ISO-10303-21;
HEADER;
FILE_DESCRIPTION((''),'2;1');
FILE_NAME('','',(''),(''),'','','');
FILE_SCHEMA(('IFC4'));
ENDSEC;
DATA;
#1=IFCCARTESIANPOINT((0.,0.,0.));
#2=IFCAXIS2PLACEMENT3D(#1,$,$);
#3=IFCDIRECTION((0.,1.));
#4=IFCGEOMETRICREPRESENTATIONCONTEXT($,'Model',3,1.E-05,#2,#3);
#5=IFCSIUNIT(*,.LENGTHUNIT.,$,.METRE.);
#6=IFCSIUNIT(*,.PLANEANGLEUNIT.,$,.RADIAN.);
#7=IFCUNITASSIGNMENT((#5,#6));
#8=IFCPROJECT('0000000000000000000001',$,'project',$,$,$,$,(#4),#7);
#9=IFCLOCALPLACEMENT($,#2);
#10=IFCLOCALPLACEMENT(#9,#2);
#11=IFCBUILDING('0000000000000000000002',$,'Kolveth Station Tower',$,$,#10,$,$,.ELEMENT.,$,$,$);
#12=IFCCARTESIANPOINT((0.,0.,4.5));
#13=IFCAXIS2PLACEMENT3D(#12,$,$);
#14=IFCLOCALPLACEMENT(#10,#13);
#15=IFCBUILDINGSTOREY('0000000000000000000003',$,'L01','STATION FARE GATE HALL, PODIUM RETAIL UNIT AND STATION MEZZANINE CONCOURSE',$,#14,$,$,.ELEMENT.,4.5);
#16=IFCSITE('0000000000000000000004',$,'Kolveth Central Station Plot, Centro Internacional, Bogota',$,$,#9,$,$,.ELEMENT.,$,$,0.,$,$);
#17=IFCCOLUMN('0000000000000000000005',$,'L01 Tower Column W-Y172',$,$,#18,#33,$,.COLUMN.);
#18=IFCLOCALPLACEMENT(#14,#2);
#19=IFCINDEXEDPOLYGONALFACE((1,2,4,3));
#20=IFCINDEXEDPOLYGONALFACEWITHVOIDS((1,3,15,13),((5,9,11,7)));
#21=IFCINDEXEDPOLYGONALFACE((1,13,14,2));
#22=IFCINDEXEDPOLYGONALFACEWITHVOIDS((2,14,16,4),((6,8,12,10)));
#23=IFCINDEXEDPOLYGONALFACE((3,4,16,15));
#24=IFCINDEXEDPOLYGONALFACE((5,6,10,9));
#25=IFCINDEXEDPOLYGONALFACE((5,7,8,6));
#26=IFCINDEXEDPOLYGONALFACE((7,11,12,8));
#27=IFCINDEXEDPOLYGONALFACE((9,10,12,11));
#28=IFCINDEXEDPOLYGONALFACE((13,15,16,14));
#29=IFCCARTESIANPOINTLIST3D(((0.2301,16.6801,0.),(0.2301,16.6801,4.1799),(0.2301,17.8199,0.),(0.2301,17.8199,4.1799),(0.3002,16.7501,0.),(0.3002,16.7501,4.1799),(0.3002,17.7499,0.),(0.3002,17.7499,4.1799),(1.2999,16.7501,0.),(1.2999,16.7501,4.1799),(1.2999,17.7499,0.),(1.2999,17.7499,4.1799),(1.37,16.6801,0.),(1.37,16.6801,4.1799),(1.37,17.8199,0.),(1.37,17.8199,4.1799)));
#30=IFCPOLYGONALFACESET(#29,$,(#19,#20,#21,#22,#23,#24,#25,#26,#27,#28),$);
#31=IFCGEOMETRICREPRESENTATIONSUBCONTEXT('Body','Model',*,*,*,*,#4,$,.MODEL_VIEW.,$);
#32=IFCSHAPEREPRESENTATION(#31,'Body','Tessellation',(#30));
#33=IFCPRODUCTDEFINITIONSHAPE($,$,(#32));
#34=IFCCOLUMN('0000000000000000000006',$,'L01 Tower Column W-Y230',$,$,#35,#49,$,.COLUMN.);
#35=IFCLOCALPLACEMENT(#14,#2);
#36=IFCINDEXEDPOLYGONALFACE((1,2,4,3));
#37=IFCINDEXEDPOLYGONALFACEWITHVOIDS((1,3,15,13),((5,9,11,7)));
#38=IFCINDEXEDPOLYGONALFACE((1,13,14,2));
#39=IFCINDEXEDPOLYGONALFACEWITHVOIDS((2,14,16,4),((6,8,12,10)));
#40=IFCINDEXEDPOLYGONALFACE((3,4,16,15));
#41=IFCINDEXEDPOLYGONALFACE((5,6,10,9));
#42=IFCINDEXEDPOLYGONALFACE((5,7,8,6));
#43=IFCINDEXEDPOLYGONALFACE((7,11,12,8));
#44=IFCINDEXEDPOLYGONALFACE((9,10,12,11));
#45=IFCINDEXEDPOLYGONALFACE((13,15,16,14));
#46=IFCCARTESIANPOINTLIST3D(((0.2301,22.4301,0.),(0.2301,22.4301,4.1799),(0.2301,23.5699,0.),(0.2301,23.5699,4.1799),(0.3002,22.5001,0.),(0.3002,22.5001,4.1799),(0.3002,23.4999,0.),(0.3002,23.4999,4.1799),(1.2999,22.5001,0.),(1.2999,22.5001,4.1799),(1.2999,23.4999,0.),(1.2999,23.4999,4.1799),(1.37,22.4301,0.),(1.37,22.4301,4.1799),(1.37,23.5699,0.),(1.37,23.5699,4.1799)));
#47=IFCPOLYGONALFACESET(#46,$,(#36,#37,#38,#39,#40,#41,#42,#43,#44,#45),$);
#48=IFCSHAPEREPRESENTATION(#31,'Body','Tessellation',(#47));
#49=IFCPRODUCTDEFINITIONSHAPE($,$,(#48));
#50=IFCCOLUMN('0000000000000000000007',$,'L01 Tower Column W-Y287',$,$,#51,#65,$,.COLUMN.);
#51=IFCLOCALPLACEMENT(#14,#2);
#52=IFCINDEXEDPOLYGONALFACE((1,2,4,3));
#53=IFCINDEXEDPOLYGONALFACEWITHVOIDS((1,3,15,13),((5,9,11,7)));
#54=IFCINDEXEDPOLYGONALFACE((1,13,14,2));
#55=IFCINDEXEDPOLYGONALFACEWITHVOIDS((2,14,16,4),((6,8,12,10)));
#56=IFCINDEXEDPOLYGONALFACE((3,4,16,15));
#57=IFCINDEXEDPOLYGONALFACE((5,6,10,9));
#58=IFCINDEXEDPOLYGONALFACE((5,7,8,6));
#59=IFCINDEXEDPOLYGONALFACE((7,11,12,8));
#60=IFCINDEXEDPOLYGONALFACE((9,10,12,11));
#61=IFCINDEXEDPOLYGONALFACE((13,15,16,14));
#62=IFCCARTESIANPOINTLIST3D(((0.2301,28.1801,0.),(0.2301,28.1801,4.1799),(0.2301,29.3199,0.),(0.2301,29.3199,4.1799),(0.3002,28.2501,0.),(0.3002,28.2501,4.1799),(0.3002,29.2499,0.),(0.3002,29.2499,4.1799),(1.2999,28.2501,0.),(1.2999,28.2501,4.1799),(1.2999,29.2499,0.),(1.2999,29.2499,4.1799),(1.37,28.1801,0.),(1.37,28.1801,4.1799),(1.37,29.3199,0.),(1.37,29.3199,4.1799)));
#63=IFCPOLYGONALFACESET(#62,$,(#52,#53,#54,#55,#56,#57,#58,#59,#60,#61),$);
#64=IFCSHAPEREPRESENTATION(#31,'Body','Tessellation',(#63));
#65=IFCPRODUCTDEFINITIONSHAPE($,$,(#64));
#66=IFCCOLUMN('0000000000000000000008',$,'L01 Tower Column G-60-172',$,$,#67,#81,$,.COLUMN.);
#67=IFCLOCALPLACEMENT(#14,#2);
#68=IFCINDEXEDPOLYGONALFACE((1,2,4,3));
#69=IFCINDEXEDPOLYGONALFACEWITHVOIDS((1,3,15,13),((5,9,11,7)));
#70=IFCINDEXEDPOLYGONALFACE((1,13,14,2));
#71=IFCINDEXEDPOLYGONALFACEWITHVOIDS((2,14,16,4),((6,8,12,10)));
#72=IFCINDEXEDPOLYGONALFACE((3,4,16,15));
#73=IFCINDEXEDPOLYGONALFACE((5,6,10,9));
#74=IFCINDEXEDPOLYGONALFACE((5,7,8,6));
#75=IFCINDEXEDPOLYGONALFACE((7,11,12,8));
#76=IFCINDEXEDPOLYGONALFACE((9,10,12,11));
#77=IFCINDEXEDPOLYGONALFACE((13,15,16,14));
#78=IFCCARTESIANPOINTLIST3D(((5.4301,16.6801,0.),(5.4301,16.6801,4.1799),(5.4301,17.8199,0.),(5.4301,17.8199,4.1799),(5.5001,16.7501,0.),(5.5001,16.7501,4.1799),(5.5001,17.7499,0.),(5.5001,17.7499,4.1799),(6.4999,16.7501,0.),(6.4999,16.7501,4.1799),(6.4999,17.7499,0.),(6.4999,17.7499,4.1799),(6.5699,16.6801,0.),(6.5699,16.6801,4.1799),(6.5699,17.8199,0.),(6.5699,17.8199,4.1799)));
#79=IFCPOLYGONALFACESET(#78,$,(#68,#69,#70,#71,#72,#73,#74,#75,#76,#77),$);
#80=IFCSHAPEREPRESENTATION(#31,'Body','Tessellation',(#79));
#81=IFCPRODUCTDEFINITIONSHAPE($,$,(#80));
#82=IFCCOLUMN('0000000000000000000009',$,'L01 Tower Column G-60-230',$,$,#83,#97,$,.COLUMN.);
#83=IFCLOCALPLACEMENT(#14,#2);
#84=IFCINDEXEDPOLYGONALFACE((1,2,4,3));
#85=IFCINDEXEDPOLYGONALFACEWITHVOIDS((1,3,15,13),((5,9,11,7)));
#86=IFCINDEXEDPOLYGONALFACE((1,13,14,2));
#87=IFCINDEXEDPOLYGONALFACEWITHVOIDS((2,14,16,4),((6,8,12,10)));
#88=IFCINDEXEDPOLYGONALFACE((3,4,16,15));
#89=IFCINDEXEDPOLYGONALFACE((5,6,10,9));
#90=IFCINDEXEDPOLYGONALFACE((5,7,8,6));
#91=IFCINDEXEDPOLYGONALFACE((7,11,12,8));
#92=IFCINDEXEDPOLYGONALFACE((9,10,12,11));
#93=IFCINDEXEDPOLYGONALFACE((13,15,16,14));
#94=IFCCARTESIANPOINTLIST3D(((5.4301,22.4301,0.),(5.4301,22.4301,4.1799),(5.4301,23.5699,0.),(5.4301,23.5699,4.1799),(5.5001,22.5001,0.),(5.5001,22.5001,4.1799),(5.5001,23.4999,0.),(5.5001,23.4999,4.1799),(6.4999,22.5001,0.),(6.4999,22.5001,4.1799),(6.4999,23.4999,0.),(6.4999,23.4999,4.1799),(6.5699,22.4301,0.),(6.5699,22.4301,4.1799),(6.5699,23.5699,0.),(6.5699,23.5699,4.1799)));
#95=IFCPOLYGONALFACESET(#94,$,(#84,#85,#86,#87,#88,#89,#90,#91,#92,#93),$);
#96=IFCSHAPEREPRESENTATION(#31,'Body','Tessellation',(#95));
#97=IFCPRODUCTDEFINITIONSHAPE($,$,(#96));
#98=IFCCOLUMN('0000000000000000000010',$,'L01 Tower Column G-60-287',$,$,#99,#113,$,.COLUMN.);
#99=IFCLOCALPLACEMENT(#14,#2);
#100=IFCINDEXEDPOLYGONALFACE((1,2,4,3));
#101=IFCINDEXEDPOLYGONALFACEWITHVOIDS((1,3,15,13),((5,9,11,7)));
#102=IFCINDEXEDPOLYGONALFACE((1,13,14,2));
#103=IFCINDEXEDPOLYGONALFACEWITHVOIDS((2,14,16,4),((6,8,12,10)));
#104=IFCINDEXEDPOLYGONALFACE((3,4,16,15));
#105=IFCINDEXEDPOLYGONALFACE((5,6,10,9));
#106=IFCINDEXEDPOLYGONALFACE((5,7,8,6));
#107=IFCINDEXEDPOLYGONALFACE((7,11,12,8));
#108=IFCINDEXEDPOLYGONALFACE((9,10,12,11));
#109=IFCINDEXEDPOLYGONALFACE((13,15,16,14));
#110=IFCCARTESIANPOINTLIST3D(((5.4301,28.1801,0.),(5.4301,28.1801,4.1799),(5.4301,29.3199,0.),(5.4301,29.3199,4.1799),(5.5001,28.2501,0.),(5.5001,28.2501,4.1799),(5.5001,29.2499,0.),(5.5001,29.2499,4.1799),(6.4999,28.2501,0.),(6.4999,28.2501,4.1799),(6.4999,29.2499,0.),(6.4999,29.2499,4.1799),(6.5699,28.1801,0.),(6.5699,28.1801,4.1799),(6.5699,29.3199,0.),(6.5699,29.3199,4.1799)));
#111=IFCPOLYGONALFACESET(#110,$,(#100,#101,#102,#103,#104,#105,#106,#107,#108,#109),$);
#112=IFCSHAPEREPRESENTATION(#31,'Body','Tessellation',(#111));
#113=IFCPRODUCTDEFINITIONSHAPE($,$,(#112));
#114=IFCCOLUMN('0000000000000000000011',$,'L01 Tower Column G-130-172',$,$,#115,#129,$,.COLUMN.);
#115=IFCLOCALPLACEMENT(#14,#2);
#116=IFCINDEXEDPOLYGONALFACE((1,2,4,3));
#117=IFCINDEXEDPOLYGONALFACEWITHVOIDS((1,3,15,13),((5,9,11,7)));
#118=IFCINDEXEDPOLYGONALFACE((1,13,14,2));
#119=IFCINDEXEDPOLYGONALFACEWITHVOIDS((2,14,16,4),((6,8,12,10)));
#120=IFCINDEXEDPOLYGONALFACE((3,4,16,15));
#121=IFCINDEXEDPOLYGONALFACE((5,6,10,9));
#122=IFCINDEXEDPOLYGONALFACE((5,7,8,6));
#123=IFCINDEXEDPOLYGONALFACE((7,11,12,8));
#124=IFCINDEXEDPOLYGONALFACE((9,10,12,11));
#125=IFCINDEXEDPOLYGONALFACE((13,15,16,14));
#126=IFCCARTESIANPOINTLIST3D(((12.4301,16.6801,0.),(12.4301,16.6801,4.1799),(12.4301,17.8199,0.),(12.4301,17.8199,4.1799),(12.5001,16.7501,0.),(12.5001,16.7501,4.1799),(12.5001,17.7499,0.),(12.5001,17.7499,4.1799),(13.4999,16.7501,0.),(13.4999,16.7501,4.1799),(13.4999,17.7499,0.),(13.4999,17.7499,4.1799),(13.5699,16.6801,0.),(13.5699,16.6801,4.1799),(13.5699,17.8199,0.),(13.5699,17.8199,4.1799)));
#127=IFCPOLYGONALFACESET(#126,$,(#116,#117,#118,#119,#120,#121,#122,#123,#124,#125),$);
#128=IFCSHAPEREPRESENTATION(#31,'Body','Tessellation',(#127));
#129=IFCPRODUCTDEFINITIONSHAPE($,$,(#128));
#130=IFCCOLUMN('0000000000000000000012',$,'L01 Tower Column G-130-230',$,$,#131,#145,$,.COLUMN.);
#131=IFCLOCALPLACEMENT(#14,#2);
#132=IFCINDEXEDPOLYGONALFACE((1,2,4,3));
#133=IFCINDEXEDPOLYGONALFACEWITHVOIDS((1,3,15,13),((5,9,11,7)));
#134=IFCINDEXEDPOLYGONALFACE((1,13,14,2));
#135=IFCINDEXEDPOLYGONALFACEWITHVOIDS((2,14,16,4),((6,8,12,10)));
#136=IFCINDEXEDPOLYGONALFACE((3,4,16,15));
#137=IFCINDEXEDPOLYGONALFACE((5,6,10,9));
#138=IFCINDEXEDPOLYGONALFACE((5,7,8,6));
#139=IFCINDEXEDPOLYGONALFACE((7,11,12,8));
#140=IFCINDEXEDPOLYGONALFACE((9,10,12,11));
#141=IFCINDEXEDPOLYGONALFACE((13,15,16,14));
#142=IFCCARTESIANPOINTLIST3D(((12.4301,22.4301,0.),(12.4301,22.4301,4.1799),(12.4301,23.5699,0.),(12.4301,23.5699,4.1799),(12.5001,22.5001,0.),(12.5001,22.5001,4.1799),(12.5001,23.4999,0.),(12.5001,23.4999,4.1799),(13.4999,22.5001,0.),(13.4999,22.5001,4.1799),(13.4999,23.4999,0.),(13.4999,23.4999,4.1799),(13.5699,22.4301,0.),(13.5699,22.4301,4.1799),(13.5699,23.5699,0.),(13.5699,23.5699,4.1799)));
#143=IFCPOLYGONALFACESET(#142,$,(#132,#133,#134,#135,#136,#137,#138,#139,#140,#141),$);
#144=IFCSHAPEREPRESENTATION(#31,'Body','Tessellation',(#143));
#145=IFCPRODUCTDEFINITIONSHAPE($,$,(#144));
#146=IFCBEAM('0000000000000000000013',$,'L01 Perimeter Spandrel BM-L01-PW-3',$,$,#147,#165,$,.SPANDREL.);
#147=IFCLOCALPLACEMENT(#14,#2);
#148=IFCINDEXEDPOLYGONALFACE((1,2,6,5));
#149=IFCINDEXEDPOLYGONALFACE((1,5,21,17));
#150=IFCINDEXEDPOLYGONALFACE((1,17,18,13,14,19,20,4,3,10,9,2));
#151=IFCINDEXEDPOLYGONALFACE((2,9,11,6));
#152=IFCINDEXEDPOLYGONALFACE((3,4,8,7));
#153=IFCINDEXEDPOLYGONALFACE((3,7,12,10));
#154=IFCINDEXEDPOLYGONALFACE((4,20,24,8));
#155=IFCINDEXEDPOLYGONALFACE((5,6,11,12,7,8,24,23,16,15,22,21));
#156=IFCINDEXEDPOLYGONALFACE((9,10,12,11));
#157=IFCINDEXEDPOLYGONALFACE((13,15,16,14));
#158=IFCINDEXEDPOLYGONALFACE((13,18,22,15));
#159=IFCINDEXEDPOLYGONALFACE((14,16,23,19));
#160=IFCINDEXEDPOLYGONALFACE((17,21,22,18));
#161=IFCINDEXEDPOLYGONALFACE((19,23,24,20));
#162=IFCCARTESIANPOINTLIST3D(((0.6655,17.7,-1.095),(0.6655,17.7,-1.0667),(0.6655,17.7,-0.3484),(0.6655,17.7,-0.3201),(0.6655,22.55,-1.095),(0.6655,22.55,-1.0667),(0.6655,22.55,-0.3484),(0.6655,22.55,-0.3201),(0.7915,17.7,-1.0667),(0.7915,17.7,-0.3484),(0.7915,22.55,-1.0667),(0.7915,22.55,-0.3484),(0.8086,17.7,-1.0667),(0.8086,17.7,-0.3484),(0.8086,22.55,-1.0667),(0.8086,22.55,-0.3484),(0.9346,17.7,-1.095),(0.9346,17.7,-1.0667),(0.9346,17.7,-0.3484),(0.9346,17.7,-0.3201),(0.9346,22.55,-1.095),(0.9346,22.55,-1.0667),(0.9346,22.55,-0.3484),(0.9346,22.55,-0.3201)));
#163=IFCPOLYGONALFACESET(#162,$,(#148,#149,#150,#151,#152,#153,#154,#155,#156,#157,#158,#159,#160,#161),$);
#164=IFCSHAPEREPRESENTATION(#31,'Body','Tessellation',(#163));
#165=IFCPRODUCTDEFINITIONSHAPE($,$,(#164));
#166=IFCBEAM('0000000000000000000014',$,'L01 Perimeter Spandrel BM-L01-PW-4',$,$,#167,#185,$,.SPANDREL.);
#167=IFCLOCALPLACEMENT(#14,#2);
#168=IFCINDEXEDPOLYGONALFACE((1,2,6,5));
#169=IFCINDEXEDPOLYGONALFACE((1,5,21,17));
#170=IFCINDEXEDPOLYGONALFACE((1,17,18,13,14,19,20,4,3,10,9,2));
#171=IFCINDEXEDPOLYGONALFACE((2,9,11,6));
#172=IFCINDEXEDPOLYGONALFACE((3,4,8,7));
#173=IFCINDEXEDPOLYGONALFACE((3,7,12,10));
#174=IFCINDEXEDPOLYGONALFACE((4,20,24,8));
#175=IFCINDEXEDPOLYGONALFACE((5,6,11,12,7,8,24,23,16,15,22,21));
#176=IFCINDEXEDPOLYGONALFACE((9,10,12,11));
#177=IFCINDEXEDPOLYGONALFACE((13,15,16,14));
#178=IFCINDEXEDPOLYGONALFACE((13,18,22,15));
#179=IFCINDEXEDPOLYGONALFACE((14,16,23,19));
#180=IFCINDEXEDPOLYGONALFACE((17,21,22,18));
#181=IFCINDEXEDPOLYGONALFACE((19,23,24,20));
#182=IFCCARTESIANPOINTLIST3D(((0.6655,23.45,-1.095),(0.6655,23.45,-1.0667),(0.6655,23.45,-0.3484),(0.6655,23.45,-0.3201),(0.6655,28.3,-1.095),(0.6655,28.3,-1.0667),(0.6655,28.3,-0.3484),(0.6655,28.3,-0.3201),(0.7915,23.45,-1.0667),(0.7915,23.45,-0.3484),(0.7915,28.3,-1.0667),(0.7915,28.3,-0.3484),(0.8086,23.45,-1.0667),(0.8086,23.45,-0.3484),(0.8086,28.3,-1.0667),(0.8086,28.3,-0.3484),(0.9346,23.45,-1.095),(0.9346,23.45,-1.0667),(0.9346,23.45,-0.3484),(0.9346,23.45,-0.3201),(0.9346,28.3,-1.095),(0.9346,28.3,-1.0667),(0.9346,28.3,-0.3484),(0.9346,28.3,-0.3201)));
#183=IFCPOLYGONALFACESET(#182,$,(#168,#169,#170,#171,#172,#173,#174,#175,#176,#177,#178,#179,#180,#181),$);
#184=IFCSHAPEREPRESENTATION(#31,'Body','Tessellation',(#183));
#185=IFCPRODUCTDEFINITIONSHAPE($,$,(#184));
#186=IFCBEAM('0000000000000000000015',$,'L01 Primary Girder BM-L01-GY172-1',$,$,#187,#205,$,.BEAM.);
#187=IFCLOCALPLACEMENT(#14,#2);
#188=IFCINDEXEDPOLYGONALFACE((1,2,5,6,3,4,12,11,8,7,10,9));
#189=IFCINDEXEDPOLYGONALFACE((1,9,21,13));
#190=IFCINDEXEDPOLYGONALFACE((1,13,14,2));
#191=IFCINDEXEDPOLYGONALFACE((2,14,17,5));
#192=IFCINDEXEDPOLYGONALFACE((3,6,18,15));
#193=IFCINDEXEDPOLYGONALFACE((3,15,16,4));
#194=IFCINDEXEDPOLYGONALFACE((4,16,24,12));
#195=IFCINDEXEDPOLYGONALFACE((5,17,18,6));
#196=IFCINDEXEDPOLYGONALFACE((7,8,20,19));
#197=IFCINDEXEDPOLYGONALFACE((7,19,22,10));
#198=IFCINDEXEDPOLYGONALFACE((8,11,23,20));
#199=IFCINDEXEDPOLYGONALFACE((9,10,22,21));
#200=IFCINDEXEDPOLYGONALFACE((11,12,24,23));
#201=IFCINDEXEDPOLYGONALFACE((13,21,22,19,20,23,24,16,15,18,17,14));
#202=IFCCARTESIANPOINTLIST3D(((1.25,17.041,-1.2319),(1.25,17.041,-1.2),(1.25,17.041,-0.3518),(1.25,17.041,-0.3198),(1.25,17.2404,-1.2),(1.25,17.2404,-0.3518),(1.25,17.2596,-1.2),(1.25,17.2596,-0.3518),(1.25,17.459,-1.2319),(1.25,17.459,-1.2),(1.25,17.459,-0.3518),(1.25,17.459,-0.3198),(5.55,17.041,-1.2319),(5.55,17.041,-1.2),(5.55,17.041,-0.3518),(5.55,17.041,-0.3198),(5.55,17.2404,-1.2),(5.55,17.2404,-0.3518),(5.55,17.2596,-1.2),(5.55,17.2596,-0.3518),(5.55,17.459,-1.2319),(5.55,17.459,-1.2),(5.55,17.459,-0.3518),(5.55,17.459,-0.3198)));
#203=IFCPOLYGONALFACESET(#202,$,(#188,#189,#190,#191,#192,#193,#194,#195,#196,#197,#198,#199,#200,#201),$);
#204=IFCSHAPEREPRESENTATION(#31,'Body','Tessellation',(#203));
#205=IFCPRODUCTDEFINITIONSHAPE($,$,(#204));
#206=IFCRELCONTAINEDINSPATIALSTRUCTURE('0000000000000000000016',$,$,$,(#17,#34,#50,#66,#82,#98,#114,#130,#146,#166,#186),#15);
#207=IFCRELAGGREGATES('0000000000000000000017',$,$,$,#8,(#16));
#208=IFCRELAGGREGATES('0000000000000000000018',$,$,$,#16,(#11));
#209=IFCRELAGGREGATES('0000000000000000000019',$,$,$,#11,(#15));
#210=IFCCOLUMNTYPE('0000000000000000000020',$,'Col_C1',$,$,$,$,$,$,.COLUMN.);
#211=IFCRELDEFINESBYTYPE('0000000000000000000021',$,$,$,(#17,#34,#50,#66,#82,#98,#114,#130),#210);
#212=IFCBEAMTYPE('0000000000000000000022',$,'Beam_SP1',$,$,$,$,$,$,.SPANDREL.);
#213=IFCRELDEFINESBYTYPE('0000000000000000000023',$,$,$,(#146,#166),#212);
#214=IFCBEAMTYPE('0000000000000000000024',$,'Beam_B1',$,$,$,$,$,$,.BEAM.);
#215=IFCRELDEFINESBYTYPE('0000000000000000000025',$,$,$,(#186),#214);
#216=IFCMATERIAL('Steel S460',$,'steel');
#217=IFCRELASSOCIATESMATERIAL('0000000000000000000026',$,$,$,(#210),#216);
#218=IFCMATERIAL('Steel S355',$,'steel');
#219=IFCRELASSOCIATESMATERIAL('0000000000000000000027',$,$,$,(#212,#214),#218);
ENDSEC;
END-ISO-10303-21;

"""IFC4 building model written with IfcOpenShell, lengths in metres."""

from ifc_helpers import new_model, si_unit, direction, frame, origin, origin_2d, place, context, subcontext, project, spatial, hollow_rectangle, i_section, extrude, source, transform, mapped, material, material_profile, profile_set, type_object, element, save


model = new_model("IFC4")

# Units and contexts
model_context = context("Model", 3, precision=1e-05, world=origin(), true_north=direction((0.0, 1.0)))
body_context = subcontext(model_context, "Body", "Model", "MODEL_VIEW")
ifc_project = project(units=[si_unit("LENGTHUNIT", "METRE"), si_unit("PLANEANGLEUNIT", "RADIAN")], contexts=[model_context])

# Site, building, storey
site_placement = place(None, origin())
site = spatial("IfcSite", under=ifc_project, at=site_placement, Name="Kolveth Central Station Plot, Centro Internacional, Bogota", CompositionType="ELEMENT", RefElevation=0.0)
building_placement = place(site_placement, origin())
building = spatial("IfcBuilding", under=site, at=building_placement, Name="Kolveth Station Tower", CompositionType="ELEMENT")
storey_placement = place(building_placement, frame((0.0, 0.0, 4.5)))
storey = spatial("IfcBuildingStorey", under=building, at=storey_placement, Name="L01", Description="STATION FARE GATE HALL, PODIUM RETAIL UNIT AND STATION MEZZANINE CONCOURSE", CompositionType="ELEMENT", Elevation=4.5)

# Columns
ifc_material_1 = material(Name="Steel S460", Category="steel")
ifc_material_profile_1 = material_profile(ifc_material_1, hollow_rectangle(XDim=1.1399, YDim=1.1399, WallThickness=0.0701, at=origin_2d()), Name="BOX1140x1140x70")
ifc_profile_set_1 = profile_set([ifc_material_profile_1], Name="Steel S460")
column_type = type_object("IfcColumnType", Name="Col_C1", PredefinedType="COLUMN", material=ifc_profile_set_1)
shared_shape_1 = source(origin(), body_context, "Body", "SweptSolid", [
    extrude(hollow_rectangle(XDim=1.1399, YDim=1.1399, WallThickness=0.0701, at=origin_2d()), origin(), (0.0, 0.0, 1.0), 4.1799),
])
for number, where, z_axis, x_axis, name in (
    (1, (0.8, 17.25, 0.0), (0.0, 0.0, 1.0), (1.0, 0.0, 0.0), "L01 Tower Column W-Y172"),
    (2, (0.8, 23.0, 0.0), (0.0, 0.0, 1.0), (1.0, 0.0, 0.0), "L01 Tower Column W-Y230"),
    (3, (0.8, 28.75, 0.0), (0.0, 0.0, 1.0), (1.0, 0.0, 0.0), "L01 Tower Column W-Y287"),
    (4, (6.0, 17.25, 0.0), (0.0, 0.0, 1.0), (1.0, 0.0, 0.0), "L01 Tower Column G-60-172"),
    (5, (6.0, 23.0, 0.0), (0.0, 0.0, 1.0), (1.0, 0.0, 0.0), "L01 Tower Column G-60-230"),
    (6, (6.0, 28.75, 0.0), (0.0, 0.0, 1.0), (1.0, 0.0, 0.0), "L01 Tower Column G-60-287"),
    (7, (13.0, 17.25, 0.0), (0.0, 0.0, 1.0), (1.0, 0.0, 0.0), "L01 Tower Column G-130-172"),
    (8, (13.0, 23.0, 0.0), (0.0, 0.0, 1.0), (1.0, 0.0, 0.0), "L01 Tower Column G-130-230"),
):
    element("IfcColumn", number, at=place(storey_placement, frame(where, z_axis=z_axis, x_axis=x_axis)), inside=storey, type_object=column_type, Name=name, PredefinedType="COLUMN", context=body_context, shape_type="MappedRepresentation", body=[
        mapped(shared_shape_1, transform((0.0, 0.0, 0.0), x_axis=(1.0, 0.0, 0.0), y_axis=(0.0, 1.0, 0.0), z_axis=(0.0, 0.0, 1.0), scale=1.0)),
    ])

# Beams
ifc_material_2 = material(Name="Steel S355", Category="steel")
ifc_material_profile_2 = material_profile(ifc_material_2, i_section(OverallWidth=0.269, OverallDepth=0.7749, WebThickness=0.0171, FlangeThickness=0.0283, at=origin_2d()), Name="W760x220")
ifc_profile_set_2 = profile_set([ifc_material_profile_2], Name="Steel S355")
beam_type_1 = type_object("IfcBeamType", Name="Beam_SP1", PredefinedType="SPANDREL", material=ifc_profile_set_2)
shared_shape_2 = source(origin(), body_context, "Body", "SweptSolid", [
    extrude(i_section(OverallWidth=0.269, OverallDepth=0.7749, WebThickness=0.0171, FlangeThickness=0.0283, at=origin_2d()), origin(), (0.0, 0.0, 1.0), 4.8501),
])
for number, where, z_axis, x_axis, name in (
    (9, (0.8, 17.7, -0.7075), (0.0, 1.0, 0.0), (-1.0, 0.0, 0.0), "L01 Perimeter Spandrel BM-L01-PW-3"),
    (10, (0.8, 23.45, -0.7075), (0.0, 1.0, 0.0), (-1.0, 0.0, 0.0), "L01 Perimeter Spandrel BM-L01-PW-4"),
):
    element("IfcBeam", number, at=place(storey_placement, frame(where, z_axis=z_axis, x_axis=x_axis)), inside=storey, type_object=beam_type_1, Name=name, PredefinedType="SPANDREL", context=body_context, shape_type="MappedRepresentation", body=[
        mapped(shared_shape_2, transform((0.0, 0.0, 0.0), x_axis=(1.0, 0.0, 0.0), y_axis=(0.0, 1.0, 0.0), z_axis=(0.0, 0.0, 1.0), scale=1.0)),
    ])
ifc_material_profile_3 = material_profile(ifc_material_2, i_section(OverallWidth=0.418, OverallDepth=0.9121, WebThickness=0.0193, FlangeThickness=0.032, at=origin_2d()), Name="W920x342")
ifc_profile_set_3 = profile_set([ifc_material_profile_3], Name="Steel S355")
beam_type_2 = type_object("IfcBeamType", Name="Beam_B1", PredefinedType="BEAM", material=ifc_profile_set_3)
shared_shape_3 = source(origin(), body_context, "Body", "SweptSolid", [
    extrude(i_section(OverallWidth=0.418, OverallDepth=0.9121, WebThickness=0.0193, FlangeThickness=0.032, at=origin_2d()), origin(), (0.0, 0.0, 1.0), 4.3),
])
for number, where, z_axis, x_axis, name in (
    (11, (1.25, 17.25, -0.7759), (1.0, 0.0, 0.0), (0.0, 1.0, 0.0), "L01 Primary Girder BM-L01-GY172-1"),
):
    element("IfcBeam", number, at=place(storey_placement, frame(where, z_axis=z_axis, x_axis=x_axis)), inside=storey, type_object=beam_type_2, Name=name, PredefinedType="BEAM", context=body_context, shape_type="MappedRepresentation", body=[
        mapped(shared_shape_3, transform((0.0, 0.0, 0.0), x_axis=(1.0, 0.0, 0.0), y_axis=(0.0, 1.0, 0.0), z_axis=(0.0, 0.0, 1.0), scale=1.0)),
    ])

save(model, "model.ifc")
